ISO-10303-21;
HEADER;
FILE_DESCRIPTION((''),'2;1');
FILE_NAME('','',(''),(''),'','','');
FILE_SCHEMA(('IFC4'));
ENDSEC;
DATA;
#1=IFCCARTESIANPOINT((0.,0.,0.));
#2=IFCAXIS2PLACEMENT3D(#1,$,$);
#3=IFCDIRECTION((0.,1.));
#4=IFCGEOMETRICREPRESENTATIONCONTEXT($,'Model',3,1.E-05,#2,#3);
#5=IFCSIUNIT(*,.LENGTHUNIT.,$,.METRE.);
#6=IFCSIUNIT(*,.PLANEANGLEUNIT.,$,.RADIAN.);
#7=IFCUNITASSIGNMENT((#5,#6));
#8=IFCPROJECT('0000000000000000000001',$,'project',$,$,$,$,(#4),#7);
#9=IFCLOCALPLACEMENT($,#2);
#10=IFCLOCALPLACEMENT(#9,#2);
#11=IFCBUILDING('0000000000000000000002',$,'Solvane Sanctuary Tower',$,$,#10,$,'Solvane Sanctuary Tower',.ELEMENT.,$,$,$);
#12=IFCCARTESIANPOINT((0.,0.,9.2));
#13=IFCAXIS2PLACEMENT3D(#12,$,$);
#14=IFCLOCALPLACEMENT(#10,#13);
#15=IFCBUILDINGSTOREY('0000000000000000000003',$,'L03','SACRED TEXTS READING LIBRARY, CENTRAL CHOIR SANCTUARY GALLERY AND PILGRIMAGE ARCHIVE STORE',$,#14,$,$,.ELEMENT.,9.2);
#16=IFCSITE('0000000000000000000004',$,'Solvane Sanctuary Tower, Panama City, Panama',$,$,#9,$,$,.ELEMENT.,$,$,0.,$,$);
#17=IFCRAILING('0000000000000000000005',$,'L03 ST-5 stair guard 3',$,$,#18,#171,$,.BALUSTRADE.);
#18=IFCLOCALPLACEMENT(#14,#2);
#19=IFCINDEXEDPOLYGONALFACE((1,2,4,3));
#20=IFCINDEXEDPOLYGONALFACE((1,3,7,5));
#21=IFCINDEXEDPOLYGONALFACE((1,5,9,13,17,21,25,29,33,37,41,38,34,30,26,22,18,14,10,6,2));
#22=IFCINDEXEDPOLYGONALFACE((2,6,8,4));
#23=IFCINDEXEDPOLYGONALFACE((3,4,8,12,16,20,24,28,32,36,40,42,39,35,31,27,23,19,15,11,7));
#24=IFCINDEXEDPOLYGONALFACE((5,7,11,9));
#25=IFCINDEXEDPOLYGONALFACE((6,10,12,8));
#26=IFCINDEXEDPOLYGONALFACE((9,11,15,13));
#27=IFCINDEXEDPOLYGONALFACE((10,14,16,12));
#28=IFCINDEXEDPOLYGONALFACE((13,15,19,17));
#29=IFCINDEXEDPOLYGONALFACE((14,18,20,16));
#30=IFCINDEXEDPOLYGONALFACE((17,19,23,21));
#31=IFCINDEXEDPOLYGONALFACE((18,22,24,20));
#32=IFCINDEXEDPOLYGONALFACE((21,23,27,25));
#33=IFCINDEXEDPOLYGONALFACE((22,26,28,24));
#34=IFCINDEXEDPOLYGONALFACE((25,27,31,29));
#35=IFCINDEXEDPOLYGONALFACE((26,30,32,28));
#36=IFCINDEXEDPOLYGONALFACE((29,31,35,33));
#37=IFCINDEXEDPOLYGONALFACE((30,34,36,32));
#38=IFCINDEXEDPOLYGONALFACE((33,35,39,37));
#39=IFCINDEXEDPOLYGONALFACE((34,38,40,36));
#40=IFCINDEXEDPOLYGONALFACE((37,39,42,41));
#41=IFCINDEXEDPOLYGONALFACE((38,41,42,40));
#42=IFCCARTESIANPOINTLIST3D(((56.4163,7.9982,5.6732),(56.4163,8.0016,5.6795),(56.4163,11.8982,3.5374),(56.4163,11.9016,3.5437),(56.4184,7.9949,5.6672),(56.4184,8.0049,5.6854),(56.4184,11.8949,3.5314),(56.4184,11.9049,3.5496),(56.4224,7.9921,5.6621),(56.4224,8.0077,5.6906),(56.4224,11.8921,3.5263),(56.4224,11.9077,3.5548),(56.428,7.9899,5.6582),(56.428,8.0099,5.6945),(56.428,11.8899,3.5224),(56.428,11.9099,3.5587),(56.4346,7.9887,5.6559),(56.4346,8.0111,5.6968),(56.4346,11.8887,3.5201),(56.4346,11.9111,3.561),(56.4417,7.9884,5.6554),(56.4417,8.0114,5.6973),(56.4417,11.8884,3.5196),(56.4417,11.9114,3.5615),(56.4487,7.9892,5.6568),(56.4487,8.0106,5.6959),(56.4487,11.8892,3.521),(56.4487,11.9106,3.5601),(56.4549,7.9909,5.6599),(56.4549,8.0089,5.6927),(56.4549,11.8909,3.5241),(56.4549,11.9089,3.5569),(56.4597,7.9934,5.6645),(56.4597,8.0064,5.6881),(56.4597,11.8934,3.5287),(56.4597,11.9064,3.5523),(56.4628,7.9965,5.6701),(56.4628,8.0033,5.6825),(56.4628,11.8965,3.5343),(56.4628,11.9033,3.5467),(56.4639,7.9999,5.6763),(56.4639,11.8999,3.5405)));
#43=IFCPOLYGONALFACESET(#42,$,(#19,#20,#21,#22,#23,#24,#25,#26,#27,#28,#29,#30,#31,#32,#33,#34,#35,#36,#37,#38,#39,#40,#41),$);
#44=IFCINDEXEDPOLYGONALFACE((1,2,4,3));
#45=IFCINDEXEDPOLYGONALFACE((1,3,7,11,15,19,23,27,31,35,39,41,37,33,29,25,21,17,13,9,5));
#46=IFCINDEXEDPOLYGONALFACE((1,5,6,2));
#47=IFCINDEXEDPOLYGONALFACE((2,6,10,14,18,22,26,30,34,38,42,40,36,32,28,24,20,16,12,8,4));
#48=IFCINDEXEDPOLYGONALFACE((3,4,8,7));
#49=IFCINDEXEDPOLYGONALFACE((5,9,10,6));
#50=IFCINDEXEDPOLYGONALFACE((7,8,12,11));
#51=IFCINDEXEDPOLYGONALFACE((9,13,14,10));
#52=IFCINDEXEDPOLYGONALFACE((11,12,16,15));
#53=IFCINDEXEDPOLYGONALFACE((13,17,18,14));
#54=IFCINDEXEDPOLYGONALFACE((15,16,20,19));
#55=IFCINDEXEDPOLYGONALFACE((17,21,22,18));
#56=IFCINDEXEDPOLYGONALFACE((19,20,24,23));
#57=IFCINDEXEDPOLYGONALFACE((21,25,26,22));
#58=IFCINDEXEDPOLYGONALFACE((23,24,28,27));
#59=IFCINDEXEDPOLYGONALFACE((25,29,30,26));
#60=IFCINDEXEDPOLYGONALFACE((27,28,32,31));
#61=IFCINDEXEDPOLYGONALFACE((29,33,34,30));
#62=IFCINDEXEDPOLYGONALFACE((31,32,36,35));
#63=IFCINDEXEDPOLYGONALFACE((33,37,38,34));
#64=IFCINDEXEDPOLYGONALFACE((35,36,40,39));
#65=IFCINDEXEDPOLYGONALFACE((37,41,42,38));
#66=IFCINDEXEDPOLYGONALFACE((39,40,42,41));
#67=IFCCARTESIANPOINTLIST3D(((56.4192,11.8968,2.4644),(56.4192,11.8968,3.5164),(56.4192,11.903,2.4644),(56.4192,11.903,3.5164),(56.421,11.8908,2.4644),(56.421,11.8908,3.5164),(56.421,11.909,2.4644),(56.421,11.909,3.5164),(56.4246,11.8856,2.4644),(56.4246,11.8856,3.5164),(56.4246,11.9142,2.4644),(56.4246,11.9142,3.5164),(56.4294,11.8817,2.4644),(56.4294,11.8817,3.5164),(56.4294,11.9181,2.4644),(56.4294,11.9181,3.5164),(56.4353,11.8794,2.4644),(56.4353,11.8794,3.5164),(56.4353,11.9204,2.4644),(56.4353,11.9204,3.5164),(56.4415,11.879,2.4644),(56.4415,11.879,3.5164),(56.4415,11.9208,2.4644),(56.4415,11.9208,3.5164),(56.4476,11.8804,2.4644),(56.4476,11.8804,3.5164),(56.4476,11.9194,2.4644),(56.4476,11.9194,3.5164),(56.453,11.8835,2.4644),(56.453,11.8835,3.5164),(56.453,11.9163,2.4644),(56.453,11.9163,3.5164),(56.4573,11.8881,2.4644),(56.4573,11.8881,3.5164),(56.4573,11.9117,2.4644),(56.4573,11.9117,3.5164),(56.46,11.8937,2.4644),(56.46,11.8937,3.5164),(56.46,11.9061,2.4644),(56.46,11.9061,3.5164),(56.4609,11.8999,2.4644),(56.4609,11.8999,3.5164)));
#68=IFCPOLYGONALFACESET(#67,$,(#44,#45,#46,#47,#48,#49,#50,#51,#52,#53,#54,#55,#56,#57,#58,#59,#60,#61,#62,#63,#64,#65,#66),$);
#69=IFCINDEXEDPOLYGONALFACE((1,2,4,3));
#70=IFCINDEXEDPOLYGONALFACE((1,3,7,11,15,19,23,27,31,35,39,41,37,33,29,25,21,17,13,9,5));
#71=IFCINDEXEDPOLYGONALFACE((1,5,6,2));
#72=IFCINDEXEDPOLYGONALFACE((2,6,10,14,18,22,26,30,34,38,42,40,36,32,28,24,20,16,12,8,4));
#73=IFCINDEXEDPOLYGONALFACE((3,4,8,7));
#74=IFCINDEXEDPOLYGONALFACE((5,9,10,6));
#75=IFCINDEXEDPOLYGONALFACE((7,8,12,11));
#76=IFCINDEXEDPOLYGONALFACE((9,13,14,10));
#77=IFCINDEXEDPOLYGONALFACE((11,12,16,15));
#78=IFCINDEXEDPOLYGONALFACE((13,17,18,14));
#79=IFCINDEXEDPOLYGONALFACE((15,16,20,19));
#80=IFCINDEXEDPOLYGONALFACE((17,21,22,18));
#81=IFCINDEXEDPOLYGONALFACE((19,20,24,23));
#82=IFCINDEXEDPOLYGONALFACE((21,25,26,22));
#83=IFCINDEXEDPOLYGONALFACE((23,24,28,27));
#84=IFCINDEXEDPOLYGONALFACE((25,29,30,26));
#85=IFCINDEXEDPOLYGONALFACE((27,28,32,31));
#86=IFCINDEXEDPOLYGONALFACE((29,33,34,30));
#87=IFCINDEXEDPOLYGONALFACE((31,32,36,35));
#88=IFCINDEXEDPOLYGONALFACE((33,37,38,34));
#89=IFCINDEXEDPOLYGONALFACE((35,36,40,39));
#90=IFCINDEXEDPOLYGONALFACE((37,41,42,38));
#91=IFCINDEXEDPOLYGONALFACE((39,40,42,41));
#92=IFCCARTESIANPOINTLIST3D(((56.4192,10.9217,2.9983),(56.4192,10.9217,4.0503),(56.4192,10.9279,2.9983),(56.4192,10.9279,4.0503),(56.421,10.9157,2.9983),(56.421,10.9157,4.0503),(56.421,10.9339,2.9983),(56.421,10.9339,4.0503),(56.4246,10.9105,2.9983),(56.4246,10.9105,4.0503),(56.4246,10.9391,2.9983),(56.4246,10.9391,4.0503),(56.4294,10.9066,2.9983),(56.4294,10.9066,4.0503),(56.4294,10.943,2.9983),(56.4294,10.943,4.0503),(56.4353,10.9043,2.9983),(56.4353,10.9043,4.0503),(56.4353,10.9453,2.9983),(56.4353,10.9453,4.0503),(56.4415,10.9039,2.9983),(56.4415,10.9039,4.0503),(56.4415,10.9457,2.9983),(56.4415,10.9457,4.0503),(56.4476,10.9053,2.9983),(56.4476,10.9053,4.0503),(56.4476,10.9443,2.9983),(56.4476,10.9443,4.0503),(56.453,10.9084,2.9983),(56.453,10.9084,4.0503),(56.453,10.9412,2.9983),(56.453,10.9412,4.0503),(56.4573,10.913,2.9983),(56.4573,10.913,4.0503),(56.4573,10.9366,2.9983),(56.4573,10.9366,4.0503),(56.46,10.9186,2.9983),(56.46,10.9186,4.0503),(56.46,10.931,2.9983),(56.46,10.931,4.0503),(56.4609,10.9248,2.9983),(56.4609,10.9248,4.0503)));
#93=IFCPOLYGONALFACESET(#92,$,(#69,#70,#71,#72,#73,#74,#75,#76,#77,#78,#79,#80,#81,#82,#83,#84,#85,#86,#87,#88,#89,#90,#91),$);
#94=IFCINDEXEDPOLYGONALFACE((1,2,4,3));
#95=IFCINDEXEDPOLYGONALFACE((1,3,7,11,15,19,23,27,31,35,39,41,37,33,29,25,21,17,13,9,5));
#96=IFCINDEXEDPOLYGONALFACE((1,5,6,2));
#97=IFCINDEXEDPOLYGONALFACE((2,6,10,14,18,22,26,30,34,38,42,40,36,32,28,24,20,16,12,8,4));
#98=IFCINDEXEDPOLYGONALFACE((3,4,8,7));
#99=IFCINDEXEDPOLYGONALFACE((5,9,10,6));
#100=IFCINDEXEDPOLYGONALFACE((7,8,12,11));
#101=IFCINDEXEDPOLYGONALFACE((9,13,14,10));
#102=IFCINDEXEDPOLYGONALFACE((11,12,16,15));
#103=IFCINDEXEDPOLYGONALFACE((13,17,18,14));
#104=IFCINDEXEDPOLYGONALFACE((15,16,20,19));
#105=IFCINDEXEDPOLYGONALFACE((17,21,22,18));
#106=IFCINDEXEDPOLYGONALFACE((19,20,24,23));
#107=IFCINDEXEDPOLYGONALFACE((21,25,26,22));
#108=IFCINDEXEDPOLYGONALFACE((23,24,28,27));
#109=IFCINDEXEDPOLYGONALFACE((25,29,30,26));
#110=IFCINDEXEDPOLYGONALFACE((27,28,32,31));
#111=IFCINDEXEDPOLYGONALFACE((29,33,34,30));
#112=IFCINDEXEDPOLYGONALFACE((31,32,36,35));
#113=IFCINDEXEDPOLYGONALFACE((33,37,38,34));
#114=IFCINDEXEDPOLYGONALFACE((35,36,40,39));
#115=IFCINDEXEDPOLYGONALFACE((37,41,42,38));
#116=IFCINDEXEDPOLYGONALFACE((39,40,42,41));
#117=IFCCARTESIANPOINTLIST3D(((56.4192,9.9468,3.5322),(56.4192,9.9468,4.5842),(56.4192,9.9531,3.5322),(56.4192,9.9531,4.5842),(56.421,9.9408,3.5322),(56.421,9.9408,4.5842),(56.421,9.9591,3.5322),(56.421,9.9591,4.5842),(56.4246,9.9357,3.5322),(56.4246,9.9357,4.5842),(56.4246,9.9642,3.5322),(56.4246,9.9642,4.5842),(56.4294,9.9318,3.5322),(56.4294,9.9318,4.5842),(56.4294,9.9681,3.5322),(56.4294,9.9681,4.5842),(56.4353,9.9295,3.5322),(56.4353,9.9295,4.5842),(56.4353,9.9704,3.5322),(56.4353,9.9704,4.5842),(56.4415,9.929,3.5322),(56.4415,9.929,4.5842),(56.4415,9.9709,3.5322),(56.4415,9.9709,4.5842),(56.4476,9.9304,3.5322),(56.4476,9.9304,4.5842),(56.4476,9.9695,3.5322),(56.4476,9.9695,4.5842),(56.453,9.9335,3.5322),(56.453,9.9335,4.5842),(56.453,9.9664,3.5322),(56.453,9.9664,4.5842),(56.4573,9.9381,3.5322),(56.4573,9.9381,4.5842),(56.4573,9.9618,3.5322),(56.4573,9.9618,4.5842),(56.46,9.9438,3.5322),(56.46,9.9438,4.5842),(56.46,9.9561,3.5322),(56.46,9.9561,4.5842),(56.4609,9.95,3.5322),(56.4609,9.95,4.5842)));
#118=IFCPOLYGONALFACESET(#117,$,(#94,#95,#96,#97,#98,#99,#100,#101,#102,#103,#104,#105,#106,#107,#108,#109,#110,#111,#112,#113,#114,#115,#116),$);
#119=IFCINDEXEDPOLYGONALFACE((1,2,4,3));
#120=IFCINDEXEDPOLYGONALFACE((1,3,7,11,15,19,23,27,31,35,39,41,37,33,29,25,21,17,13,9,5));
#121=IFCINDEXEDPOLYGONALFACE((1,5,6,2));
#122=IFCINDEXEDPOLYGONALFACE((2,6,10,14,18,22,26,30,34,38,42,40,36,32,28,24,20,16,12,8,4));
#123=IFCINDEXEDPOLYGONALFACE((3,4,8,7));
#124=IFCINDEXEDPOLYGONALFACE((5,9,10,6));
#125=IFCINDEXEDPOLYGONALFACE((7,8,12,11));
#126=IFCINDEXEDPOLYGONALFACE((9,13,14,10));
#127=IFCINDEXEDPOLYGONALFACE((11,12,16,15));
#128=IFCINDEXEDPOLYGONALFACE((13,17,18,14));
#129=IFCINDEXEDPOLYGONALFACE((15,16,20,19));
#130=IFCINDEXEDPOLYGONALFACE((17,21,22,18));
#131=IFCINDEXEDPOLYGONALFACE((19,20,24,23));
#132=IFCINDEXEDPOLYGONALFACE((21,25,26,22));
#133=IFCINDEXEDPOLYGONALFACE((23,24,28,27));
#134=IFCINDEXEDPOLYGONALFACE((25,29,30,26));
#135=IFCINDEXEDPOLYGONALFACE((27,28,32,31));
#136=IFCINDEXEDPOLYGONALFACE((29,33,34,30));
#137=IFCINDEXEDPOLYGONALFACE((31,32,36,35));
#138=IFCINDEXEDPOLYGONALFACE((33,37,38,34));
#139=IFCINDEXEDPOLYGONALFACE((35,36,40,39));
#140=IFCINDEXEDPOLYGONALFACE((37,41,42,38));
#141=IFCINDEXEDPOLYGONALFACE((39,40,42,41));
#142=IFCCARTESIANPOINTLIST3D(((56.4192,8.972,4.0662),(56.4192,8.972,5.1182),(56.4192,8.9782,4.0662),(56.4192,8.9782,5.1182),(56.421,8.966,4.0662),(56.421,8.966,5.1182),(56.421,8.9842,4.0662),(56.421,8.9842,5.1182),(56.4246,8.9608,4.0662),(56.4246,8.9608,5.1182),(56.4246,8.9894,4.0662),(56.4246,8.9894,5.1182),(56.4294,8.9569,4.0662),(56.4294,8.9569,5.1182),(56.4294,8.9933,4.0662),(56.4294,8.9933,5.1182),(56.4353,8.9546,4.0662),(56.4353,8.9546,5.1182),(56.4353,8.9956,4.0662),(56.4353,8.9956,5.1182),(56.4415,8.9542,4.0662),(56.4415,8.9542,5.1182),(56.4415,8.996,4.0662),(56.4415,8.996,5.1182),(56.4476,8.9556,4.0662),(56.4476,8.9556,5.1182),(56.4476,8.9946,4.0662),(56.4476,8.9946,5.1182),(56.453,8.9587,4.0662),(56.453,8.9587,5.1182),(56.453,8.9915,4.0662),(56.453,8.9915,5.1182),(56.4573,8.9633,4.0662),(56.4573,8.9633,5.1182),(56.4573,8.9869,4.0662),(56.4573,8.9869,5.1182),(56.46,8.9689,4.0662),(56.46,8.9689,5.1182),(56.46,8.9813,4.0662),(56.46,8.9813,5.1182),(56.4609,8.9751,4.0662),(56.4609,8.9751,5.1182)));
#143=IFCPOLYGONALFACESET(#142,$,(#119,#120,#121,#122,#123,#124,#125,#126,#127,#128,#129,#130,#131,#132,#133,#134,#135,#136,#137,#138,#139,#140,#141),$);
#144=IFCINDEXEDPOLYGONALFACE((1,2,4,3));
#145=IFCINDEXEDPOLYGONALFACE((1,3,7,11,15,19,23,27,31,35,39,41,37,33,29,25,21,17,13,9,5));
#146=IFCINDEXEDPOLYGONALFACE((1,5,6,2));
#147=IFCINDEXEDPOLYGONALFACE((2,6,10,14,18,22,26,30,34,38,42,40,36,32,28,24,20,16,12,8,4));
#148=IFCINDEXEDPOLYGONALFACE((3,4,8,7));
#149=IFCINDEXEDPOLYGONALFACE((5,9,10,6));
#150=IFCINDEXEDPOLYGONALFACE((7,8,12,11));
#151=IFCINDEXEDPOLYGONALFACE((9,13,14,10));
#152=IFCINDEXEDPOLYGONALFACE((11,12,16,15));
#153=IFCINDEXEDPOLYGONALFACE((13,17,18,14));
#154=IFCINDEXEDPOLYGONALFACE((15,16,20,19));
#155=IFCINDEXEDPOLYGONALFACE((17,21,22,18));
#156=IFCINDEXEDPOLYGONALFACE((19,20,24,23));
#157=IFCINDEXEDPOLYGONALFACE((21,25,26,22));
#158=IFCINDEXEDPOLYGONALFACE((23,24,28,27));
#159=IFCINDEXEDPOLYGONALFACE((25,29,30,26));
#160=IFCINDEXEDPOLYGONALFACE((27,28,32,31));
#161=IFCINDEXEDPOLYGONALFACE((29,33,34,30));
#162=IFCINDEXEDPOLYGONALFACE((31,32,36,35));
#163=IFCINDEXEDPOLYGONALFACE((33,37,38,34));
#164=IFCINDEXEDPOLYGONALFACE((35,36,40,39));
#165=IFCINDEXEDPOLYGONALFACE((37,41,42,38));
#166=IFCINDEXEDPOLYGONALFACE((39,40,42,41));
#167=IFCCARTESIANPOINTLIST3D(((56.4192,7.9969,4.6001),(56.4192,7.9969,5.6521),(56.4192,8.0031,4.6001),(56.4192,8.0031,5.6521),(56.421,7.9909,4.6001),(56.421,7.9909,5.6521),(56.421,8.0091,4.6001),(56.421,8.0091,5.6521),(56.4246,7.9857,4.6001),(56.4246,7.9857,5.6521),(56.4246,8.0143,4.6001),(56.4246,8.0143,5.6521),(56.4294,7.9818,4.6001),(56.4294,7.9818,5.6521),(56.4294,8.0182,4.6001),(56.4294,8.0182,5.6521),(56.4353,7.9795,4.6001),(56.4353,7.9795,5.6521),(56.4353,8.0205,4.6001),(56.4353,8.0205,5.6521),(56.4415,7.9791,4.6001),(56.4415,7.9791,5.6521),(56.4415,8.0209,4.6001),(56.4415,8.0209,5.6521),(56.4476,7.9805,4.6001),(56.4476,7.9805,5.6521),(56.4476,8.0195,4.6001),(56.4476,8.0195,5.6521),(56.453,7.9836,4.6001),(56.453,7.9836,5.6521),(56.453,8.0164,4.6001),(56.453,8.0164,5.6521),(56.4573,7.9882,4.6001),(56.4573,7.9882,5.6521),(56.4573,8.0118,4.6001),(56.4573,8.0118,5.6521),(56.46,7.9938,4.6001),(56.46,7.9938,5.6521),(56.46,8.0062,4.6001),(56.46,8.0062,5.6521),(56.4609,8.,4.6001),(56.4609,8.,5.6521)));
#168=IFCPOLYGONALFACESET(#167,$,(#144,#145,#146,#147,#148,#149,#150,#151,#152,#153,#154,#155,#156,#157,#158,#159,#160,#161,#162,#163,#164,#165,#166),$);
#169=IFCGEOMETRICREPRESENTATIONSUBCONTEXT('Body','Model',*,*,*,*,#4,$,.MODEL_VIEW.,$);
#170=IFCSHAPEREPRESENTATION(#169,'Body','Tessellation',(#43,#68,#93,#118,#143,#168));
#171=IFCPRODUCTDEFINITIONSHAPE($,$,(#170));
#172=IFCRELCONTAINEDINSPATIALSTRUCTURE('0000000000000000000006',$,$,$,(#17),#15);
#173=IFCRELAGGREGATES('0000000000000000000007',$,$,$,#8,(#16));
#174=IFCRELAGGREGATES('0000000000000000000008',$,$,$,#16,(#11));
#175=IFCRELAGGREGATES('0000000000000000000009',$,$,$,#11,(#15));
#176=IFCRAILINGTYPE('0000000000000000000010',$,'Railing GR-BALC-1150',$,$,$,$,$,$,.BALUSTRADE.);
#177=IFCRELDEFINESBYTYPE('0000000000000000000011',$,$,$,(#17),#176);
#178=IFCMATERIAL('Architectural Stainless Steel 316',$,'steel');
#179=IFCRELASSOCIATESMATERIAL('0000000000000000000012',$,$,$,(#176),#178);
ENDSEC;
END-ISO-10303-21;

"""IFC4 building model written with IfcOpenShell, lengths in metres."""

from ifc_helpers import new_model, si_unit, direction, frame, origin, origin_2d, place, context, subcontext, project, spatial, circle, extrude, material, type_object, element, save


model = new_model("IFC4")

# Units and contexts
model_context = context("Model", 3, precision=1e-05, world=origin(), true_north=direction((0.0, 1.0)))
body_context = subcontext(model_context, "Body", "Model", "MODEL_VIEW")
ifc_project = project(units=[si_unit("LENGTHUNIT", "METRE"), si_unit("PLANEANGLEUNIT", "RADIAN")], contexts=[model_context])

# Site, building, storey
site_placement = place(None, origin())
site = spatial("IfcSite", under=ifc_project, at=site_placement, Name="Solvane Sanctuary Tower, Panama City, Panama", CompositionType="ELEMENT", RefElevation=0.0)
building_placement = place(site_placement, origin())
building = spatial("IfcBuilding", under=site, at=building_placement, Name="Solvane Sanctuary Tower", LongName="Solvane Sanctuary Tower", CompositionType="ELEMENT")
storey_placement = place(building_placement, frame((0.0, 0.0, 9.2)))
storey = spatial("IfcBuildingStorey", under=building, at=storey_placement, Name="L03", Description="SACRED TEXTS READING LIBRARY, CENTRAL CHOIR SANCTUARY GALLERY AND PILGRIMAGE ARCHIVE STORE", CompositionType="ELEMENT", Elevation=9.2)

# Shared definitions
ifc_material_1 = material(Name="Architectural Stainless Steel 316", Category="steel")

# Railing
railing_type_1 = type_object("IfcRailingType", Name="Railing GR-BALC-1150", PredefinedType="BALUSTRADE", material=ifc_material_1)
railing_1_placement = place(storey_placement, frame((56.4399, 11.8999, 2.4644)))
element("IfcRailing", 1, at=railing_1_placement, inside=storey, type_object=railing_type_1, Name="L03 ST-5 stair guard 3", PredefinedType="BALUSTRADE", context=body_context, shape_type="SweptSolid", body=[
    extrude(circle(Radius=0.0239, at=origin_2d()), frame((0.0, 0.0, 1.0762), z_axis=(0.0, -0.877089, 0.480329), x_axis=(1.0, 0.0, 0.0)), (0.0, 0.0, 1.0), 4.4465),
    extrude(circle(Radius=0.021, at=origin_2d()), origin(), (0.0, 0.0, 1.0), 1.052),
    extrude(circle(Radius=0.021, at=origin_2d()), frame((0.0, -0.9751, 0.5339)), (0.0, 0.0, 1.0), 1.052),
    extrude(circle(Radius=0.021, at=origin_2d()), frame((0.0, -1.95, 1.0679)), (0.0, 0.0, 1.0), 1.052),
    extrude(circle(Radius=0.021, at=origin_2d()), frame((0.0, -2.9248, 1.6018)), (0.0, 0.0, 1.0), 1.052),
    extrude(circle(Radius=0.021, at=origin_2d()), frame((0.0, -3.8999, 2.1357)), (0.0, 0.0, 1.0), 1.052),
])

save(model, "model.ifc")
